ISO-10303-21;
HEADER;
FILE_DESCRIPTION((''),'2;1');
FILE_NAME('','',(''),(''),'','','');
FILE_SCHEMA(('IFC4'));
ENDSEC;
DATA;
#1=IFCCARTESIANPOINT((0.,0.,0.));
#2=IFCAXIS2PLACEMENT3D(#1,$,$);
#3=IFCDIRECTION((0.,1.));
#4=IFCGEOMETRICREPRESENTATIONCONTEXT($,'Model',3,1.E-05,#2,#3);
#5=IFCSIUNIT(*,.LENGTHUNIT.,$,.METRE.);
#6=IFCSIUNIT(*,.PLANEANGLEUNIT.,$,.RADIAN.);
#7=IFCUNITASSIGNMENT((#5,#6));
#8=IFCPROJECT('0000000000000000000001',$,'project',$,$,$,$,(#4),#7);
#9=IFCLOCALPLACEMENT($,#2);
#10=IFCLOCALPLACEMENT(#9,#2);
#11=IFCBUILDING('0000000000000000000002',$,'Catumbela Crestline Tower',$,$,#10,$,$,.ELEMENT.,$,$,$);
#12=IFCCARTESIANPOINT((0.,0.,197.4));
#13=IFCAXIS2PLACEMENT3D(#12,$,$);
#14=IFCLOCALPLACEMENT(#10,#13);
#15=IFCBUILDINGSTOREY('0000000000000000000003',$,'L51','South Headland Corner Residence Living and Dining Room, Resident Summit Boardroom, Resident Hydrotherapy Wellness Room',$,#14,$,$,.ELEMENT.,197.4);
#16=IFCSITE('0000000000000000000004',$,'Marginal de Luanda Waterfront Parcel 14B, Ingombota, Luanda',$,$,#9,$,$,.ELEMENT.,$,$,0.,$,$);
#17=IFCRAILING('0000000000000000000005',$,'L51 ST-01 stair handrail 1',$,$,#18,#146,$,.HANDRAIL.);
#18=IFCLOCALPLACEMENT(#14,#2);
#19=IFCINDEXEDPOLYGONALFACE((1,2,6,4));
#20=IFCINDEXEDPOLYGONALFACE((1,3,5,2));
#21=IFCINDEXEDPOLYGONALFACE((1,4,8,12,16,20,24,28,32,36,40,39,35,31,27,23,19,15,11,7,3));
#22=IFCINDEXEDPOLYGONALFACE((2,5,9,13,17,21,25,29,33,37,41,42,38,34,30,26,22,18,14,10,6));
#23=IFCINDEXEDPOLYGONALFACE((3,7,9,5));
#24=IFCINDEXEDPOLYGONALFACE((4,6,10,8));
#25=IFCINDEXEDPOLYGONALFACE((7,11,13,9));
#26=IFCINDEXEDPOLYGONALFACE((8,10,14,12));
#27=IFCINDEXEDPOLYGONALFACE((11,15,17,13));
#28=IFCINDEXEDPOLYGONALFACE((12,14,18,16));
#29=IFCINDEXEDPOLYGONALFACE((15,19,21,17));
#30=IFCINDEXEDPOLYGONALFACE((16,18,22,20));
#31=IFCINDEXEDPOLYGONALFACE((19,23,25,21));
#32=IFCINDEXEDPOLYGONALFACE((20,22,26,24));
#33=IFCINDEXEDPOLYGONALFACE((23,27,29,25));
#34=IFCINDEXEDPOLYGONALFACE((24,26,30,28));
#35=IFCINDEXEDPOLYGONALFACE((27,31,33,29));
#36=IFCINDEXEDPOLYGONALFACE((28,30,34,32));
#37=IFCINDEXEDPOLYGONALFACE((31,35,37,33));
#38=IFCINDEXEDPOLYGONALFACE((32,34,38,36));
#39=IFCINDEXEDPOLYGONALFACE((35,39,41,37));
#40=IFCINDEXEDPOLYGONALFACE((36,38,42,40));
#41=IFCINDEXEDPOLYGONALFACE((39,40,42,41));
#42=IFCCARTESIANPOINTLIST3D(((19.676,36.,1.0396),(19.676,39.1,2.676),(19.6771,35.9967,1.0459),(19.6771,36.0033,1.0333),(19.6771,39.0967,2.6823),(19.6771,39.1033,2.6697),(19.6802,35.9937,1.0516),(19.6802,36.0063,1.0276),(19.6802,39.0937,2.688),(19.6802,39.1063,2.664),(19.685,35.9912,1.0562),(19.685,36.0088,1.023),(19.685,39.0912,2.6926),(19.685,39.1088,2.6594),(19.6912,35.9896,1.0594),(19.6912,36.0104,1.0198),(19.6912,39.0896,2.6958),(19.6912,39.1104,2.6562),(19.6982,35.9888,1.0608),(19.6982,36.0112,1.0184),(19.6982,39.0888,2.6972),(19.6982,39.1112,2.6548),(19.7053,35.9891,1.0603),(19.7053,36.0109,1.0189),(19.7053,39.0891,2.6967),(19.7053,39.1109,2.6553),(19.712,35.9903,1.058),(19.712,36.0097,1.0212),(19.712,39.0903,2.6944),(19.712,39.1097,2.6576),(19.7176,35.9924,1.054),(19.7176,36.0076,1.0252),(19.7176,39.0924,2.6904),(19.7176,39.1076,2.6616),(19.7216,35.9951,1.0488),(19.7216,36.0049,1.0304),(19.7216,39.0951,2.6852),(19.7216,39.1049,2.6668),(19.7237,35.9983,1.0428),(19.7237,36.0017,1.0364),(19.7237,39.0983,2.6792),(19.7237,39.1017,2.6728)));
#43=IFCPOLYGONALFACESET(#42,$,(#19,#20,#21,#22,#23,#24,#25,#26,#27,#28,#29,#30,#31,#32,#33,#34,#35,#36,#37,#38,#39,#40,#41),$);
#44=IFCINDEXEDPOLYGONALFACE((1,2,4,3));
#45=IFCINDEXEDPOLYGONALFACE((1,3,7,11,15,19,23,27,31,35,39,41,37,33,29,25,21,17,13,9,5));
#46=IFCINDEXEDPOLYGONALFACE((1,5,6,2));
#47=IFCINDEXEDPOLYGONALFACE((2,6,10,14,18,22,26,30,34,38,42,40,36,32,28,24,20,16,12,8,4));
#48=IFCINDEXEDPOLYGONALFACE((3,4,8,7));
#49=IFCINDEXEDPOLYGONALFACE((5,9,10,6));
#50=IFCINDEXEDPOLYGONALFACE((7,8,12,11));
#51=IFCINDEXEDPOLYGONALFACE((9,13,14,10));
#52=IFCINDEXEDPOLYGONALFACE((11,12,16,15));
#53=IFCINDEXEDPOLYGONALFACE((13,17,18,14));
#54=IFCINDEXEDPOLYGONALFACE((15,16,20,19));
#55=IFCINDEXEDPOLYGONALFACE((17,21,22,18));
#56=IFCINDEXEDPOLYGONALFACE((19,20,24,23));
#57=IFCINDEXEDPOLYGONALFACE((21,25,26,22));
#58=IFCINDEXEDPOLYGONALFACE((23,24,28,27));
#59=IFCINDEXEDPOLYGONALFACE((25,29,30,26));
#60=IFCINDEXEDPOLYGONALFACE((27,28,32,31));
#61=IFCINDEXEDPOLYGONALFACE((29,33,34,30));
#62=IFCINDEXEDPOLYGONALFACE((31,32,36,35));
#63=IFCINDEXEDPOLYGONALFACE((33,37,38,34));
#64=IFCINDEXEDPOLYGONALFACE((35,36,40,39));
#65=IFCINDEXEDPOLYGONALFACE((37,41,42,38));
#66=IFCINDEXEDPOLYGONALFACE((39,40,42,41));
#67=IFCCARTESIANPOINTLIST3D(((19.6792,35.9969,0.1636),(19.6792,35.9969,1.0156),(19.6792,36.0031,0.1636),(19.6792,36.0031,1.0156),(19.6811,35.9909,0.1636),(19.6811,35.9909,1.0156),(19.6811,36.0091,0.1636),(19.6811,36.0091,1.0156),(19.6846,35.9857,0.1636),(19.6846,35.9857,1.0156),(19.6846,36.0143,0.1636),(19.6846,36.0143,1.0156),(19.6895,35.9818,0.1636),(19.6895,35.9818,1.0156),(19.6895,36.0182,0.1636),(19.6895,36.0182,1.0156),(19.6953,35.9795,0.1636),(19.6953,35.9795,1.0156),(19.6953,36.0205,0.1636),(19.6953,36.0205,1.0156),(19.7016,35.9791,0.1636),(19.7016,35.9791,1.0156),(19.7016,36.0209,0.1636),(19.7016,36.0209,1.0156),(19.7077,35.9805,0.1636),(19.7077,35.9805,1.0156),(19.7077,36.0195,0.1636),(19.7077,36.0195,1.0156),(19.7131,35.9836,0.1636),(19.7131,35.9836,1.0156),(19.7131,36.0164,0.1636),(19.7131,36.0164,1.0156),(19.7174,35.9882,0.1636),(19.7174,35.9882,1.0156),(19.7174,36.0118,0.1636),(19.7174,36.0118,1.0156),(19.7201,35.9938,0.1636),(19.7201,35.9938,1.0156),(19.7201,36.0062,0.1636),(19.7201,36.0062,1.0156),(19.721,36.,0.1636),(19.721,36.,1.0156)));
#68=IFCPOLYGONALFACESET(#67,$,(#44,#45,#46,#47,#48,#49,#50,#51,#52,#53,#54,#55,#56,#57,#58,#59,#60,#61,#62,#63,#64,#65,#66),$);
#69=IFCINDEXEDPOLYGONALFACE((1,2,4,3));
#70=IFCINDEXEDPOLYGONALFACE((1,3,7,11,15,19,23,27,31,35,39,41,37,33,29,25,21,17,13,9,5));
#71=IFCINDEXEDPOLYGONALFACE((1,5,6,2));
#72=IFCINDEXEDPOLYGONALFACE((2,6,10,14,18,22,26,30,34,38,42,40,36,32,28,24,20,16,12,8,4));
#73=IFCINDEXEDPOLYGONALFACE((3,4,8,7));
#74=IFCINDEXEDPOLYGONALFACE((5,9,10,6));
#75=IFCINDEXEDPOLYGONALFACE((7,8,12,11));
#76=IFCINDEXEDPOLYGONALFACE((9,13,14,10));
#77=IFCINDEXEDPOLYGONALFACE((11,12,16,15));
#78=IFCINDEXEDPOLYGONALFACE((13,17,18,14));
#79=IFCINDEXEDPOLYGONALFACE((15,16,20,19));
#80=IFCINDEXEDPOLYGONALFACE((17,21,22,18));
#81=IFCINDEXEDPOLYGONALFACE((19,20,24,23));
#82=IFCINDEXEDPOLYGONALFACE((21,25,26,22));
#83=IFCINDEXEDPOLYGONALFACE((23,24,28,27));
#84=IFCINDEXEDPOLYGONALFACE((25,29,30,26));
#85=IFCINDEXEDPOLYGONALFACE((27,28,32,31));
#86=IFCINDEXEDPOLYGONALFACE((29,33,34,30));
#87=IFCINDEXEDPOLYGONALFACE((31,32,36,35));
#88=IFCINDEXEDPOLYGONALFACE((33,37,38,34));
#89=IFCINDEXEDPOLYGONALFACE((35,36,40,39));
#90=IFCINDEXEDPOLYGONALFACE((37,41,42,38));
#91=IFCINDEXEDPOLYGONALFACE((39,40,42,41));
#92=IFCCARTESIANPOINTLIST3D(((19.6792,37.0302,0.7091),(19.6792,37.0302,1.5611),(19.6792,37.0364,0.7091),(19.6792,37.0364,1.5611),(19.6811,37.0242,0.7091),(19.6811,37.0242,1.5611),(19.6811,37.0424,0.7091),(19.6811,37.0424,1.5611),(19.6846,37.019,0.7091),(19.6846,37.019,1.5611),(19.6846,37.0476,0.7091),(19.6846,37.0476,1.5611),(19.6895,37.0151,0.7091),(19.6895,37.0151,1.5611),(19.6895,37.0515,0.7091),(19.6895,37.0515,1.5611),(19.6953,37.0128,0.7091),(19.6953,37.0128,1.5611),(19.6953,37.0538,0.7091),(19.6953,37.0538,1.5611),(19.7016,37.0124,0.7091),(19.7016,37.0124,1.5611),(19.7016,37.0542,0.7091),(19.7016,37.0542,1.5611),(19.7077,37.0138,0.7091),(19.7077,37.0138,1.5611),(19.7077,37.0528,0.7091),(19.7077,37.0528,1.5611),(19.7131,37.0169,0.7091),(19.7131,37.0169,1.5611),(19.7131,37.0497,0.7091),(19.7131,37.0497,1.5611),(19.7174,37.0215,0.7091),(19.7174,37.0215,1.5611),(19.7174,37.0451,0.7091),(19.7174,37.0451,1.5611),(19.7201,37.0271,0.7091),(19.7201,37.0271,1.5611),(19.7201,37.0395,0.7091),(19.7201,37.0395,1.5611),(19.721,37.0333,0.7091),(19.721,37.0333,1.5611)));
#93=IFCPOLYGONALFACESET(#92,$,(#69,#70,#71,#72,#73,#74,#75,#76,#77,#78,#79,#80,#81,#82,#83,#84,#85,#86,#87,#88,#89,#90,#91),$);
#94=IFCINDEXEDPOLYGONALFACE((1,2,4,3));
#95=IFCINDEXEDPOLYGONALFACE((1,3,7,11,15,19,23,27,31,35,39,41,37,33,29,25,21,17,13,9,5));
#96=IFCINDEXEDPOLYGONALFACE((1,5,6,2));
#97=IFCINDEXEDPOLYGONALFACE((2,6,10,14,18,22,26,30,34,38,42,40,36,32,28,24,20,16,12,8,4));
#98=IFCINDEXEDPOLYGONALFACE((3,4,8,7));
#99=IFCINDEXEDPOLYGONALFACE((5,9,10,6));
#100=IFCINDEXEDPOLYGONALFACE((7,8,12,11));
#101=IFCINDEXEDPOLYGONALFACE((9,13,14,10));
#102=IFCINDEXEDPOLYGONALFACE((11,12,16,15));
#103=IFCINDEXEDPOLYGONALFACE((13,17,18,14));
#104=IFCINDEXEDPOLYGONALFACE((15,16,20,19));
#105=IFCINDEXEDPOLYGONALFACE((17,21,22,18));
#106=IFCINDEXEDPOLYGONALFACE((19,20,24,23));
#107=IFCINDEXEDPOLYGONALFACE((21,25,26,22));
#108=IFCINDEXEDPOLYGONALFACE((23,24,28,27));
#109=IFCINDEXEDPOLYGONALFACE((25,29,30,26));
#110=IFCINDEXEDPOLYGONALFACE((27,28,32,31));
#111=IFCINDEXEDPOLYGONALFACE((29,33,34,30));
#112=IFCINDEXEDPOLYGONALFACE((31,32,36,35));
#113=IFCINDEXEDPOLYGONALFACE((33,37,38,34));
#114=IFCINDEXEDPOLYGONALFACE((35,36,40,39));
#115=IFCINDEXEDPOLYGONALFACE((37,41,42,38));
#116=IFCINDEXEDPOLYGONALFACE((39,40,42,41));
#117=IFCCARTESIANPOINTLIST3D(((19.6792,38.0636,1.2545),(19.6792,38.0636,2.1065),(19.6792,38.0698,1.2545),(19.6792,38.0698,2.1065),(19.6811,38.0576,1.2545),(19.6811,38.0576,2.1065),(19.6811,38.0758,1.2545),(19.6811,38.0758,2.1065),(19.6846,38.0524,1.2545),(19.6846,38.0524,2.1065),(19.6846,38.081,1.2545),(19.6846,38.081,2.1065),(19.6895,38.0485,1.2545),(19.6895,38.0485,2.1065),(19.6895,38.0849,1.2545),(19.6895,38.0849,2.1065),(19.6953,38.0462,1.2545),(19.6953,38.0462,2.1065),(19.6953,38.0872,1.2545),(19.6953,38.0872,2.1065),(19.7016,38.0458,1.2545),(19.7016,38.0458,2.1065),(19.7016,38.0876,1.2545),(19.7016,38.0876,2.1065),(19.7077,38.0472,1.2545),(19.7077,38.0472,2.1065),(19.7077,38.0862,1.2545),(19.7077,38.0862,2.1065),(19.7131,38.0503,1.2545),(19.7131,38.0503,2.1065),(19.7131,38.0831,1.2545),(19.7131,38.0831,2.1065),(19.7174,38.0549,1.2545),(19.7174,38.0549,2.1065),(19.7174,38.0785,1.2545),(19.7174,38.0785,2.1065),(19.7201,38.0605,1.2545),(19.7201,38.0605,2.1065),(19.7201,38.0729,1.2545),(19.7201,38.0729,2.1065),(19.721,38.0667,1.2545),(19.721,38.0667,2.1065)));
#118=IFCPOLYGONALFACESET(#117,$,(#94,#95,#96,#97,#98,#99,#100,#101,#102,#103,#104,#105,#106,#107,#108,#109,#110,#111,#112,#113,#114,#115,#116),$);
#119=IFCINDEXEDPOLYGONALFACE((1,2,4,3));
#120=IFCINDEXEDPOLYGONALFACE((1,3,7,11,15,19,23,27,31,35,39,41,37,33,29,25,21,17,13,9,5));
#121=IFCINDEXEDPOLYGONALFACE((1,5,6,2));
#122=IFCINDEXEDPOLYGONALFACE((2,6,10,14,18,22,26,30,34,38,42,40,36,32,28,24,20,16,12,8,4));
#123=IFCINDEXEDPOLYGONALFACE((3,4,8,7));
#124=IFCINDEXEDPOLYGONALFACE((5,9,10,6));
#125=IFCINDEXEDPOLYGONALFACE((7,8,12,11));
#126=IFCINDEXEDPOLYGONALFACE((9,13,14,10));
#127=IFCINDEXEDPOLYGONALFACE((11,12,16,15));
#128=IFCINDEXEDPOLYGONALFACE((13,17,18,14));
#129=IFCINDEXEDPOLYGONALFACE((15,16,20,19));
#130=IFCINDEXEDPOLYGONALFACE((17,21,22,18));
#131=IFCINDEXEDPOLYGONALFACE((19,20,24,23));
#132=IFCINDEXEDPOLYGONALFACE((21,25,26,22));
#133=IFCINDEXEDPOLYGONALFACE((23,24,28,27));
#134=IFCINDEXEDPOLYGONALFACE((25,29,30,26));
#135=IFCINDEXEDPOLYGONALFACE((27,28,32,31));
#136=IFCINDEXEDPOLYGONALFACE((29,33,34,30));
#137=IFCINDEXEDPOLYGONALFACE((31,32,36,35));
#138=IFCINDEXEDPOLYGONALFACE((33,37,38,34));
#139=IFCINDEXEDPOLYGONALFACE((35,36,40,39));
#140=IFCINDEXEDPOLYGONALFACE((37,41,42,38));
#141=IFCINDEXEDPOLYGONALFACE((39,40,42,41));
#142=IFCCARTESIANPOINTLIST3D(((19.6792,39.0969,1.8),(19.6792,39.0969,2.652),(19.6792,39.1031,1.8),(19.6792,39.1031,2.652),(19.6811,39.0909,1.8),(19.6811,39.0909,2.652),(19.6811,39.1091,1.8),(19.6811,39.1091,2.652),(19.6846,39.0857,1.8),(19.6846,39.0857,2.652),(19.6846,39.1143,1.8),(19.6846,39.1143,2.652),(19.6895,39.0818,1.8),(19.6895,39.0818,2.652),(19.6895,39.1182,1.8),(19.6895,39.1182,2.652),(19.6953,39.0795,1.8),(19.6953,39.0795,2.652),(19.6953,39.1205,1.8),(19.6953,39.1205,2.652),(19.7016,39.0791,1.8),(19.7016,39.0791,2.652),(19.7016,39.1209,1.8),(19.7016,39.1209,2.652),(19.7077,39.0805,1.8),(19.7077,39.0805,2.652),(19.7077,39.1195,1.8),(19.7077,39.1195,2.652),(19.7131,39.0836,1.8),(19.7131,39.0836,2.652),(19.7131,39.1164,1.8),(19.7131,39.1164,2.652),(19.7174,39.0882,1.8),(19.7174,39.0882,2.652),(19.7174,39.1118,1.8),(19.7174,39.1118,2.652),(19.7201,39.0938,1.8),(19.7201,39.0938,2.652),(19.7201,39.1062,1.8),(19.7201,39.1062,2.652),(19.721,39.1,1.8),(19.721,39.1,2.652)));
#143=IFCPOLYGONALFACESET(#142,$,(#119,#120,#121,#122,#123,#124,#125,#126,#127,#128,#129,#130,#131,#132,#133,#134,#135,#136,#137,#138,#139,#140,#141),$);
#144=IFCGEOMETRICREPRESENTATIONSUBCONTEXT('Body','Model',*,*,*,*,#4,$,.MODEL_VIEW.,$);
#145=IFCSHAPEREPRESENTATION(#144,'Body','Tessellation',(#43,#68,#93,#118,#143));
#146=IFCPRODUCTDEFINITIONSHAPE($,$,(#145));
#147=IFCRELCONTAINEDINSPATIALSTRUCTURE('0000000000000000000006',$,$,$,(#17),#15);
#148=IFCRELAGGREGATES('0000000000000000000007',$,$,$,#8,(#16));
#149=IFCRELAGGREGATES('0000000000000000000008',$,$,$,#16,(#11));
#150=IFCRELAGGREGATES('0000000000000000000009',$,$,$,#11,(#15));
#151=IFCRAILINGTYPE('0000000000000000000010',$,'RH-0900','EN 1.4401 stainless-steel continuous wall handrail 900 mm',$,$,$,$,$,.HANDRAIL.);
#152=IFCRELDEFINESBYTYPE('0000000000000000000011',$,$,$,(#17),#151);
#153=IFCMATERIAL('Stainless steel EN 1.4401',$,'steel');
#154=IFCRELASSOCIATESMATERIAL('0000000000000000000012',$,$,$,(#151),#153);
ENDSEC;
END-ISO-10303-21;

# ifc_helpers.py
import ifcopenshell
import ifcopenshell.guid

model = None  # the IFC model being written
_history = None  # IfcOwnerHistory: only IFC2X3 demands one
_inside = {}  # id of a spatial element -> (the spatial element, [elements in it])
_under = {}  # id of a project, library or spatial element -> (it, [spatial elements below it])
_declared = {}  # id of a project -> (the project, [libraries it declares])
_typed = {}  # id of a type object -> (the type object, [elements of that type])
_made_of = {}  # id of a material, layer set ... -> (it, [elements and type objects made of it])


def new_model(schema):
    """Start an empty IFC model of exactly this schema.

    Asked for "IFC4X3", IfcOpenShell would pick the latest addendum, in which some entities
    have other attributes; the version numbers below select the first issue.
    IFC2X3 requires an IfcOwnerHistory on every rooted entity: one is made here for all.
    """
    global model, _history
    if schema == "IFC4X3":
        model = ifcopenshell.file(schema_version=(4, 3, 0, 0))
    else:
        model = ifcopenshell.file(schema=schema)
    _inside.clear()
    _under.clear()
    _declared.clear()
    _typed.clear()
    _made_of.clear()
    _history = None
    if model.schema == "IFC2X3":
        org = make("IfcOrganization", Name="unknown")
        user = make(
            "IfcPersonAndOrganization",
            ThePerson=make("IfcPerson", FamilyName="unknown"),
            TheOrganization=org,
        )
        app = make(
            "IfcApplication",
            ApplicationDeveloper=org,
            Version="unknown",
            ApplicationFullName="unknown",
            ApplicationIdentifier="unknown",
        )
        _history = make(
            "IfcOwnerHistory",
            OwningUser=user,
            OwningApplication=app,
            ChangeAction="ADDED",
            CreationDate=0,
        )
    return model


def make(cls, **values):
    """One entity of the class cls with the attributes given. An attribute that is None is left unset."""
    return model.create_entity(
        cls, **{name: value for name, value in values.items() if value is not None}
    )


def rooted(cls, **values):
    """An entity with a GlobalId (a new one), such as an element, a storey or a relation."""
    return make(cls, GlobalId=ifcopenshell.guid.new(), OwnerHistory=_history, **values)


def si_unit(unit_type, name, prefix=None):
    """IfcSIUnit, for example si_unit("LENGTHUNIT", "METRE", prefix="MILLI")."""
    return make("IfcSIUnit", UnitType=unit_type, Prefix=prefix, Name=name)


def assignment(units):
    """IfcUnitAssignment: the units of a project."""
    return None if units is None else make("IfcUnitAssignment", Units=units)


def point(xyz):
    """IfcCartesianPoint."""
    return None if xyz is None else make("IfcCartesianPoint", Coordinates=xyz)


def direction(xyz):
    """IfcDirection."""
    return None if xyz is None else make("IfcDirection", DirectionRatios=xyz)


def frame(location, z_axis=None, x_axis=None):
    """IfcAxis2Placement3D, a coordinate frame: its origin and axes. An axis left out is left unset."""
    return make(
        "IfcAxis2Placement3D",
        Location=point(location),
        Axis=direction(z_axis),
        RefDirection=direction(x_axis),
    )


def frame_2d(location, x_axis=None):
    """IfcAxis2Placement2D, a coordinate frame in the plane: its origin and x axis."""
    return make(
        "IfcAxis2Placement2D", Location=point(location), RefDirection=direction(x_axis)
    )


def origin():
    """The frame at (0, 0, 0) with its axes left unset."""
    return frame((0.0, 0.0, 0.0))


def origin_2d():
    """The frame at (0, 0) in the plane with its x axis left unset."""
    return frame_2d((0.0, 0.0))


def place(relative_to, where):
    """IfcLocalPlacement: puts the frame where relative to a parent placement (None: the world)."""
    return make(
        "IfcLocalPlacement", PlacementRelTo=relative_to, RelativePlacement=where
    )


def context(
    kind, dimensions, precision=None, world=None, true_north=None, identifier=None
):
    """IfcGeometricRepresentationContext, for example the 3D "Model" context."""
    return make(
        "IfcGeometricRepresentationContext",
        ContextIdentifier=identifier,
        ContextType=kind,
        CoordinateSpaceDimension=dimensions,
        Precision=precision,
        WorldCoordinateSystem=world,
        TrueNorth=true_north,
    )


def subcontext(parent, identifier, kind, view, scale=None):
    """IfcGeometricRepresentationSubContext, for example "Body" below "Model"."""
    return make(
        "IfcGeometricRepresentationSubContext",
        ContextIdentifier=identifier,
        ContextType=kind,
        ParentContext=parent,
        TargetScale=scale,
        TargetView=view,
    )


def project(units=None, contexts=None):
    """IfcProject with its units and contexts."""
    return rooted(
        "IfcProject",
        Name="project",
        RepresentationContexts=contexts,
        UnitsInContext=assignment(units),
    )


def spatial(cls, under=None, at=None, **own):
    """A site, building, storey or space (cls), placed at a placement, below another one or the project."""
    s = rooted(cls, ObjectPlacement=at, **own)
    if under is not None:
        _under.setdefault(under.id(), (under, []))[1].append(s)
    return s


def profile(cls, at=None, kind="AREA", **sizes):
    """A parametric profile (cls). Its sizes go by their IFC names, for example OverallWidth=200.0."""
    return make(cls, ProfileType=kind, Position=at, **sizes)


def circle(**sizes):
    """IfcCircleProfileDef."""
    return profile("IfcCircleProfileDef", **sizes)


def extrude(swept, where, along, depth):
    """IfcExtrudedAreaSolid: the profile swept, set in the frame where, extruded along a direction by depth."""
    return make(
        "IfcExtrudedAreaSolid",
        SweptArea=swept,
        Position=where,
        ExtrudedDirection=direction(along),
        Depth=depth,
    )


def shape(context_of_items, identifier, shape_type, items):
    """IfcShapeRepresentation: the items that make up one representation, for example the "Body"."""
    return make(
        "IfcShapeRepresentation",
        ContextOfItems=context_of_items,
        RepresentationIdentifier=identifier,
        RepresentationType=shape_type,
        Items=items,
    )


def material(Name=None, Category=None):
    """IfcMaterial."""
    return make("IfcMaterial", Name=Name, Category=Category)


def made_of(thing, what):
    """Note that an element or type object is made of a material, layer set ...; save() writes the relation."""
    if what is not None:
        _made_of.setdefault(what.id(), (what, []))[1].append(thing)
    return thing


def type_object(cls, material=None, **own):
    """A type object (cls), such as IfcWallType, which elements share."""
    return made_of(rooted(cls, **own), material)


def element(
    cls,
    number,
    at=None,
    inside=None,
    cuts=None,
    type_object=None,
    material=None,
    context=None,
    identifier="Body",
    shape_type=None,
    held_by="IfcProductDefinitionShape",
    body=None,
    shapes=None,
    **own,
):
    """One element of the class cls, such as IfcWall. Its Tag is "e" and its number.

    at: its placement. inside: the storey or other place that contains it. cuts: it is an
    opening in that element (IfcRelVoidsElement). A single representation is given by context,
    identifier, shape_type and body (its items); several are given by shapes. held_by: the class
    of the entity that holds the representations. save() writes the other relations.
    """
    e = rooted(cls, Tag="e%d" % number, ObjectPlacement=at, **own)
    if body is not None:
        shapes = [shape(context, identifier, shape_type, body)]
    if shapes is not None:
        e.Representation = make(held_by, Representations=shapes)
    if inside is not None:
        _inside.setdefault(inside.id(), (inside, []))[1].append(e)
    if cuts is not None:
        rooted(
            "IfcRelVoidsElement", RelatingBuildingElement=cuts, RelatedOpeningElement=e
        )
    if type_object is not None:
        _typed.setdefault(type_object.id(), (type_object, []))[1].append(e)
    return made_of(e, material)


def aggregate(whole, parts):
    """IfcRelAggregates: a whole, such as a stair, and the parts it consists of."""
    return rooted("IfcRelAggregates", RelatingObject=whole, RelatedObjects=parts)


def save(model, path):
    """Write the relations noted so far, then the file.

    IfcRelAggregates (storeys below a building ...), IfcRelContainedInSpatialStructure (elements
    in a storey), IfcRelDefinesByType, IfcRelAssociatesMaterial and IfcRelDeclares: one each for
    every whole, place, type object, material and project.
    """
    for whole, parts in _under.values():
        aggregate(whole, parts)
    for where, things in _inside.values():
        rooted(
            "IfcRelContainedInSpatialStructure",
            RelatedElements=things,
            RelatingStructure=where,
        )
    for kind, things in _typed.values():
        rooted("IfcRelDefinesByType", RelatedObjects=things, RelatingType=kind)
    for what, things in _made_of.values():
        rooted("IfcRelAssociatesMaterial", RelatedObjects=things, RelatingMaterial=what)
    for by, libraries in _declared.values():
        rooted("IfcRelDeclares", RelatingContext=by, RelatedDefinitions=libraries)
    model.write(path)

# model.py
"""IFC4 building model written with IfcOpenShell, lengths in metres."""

from ifc_helpers import new_model, si_unit, direction, frame, origin, origin_2d, place, context, subcontext, project, spatial, circle, extrude, material, type_object, element, save


model = new_model("IFC4")

# Units and contexts
model_context = context("Model", 3, precision=1e-05, world=origin(), true_north=direction((0.0, 1.0)))
body_context = subcontext(model_context, "Body", "Model", "MODEL_VIEW")
ifc_project = project(units=[si_unit("LENGTHUNIT", "METRE"), si_unit("PLANEANGLEUNIT", "RADIAN")], contexts=[model_context])

# Site, building, storey
site_placement = place(None, origin())
site = spatial("IfcSite", under=ifc_project, at=site_placement, Name="Marginal de Luanda Waterfront Parcel 14B, Ingombota, Luanda", CompositionType="ELEMENT", RefElevation=0.0)
building_placement = place(site_placement, origin())
building = spatial("IfcBuilding", under=site, at=building_placement, Name="Catumbela Crestline Tower", CompositionType="ELEMENT")
storey_placement = place(building_placement, frame((0.0, 0.0, 197.4)))
storey = spatial("IfcBuildingStorey", under=building, at=storey_placement, Name="L51", Description="South Headland Corner Residence Living and Dining Room, Resident Summit Boardroom, Resident Hydrotherapy Wellness Room", CompositionType="ELEMENT", Elevation=197.4)

# Shared definitions
ifc_material_1 = material(Name="Stainless steel EN 1.4401", Category="steel")

# Railing
railing_type_1 = type_object("IfcRailingType", Name="RH-0900", Description="EN 1.4401 stainless-steel continuous wall handrail 900 mm", PredefinedType="HANDRAIL", material=ifc_material_1)
railing_1_placement = place(storey_placement, frame((19.7, 36.0, 0.1636)))
element("IfcRailing", 1, at=railing_1_placement, inside=storey, type_object=railing_type_1, Name="L51 ST-01 stair handrail 1", PredefinedType="HANDRAIL", context=body_context, shape_type="SweptSolid", body=[
    extrude(circle(Radius=0.024, at=origin_2d()), frame((0.0, 0.0, 0.876), z_axis=(0.0, 0.884351, 0.466823), x_axis=(-1.0, 0.0, 0.0)), (0.0, 0.0, 1.0), 3.5054),
    extrude(circle(Radius=0.021, at=origin_2d()), origin(), (0.0, 0.0, 1.0), 0.852),
    extrude(circle(Radius=0.021, at=origin_2d()), frame((0.0, 1.0333, 0.5455)), (0.0, 0.0, 1.0), 0.852),
    extrude(circle(Radius=0.021, at=origin_2d()), frame((0.0, 2.0667, 1.0909)), (0.0, 0.0, 1.0), 0.852),
    extrude(circle(Radius=0.021, at=origin_2d()), frame((0.0, 3.1, 1.6364)), (0.0, 0.0, 1.0), 0.852),
])

save(model, "model.ifc")
